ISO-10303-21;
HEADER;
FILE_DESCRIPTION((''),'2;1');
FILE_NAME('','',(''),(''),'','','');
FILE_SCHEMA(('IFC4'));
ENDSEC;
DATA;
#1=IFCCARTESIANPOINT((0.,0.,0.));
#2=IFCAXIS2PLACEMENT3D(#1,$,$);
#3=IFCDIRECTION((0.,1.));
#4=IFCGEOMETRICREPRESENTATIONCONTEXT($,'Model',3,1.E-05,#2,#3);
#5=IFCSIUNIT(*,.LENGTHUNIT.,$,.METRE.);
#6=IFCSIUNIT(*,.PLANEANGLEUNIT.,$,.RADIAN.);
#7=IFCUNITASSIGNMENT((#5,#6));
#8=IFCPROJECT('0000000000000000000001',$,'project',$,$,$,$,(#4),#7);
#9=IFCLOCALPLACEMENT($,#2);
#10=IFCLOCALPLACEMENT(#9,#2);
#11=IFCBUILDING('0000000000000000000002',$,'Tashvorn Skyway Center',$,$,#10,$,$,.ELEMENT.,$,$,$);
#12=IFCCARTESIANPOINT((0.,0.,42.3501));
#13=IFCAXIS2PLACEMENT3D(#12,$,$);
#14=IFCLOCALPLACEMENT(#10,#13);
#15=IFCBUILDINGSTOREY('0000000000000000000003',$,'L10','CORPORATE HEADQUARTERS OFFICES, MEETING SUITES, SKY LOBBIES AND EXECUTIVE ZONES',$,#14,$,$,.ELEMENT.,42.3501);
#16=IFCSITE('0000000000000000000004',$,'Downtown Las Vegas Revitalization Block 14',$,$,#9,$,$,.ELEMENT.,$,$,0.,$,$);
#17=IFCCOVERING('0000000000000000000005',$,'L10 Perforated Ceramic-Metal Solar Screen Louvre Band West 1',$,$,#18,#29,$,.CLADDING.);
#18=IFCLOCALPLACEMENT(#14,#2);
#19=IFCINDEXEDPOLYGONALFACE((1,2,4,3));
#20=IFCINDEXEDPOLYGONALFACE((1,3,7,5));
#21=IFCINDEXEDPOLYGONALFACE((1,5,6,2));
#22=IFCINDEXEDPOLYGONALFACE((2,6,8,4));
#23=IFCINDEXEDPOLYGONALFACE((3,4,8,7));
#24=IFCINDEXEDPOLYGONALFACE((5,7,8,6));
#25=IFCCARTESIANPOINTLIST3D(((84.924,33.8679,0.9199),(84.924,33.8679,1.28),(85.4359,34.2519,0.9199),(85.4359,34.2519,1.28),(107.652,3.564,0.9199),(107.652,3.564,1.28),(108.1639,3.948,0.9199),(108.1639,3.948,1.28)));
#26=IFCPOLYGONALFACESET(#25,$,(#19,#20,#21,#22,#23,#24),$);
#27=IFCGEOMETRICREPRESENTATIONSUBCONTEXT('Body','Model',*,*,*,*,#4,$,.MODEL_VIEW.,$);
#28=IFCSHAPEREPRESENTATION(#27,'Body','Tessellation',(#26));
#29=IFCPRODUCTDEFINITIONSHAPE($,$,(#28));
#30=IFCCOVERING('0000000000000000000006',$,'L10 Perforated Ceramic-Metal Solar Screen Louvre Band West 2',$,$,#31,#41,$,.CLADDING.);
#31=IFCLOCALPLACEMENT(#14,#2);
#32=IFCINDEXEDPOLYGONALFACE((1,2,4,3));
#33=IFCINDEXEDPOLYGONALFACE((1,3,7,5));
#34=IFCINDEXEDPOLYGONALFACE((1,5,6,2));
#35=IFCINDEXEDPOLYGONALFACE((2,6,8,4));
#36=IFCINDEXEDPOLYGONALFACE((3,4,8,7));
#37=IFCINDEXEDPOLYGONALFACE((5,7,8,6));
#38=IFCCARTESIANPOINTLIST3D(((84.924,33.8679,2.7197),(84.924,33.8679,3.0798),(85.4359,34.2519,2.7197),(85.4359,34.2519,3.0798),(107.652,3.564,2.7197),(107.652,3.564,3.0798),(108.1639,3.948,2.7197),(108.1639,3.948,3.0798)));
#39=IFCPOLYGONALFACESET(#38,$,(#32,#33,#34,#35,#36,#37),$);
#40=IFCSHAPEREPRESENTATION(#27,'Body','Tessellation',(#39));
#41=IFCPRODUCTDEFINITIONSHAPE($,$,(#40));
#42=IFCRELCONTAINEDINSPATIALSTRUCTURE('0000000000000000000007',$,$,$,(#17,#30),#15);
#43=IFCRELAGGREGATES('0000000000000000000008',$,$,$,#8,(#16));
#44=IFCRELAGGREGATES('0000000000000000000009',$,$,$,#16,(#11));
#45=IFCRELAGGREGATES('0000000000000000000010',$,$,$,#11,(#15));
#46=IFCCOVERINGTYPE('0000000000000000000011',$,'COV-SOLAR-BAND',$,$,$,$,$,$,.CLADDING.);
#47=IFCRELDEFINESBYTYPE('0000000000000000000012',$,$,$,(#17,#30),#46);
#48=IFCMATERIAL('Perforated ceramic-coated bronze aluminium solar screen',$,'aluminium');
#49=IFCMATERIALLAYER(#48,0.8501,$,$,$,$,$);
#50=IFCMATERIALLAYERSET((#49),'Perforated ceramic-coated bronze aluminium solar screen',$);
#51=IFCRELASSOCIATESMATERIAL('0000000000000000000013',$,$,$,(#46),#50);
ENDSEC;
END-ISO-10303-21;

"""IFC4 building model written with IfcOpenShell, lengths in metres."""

from ifc_helpers import new_model, si_unit, direction, frame, origin, origin_2d, place, context, subcontext, project, spatial, rectangle, extrude, material, layer, layer_set, type_object, element, save


model = new_model("IFC4")

# Units and contexts
model_context = context("Model", 3, precision=1e-05, world=origin(), true_north=direction((0.0, 1.0)))
body_context = subcontext(model_context, "Body", "Model", "MODEL_VIEW")
ifc_project = project(units=[si_unit("LENGTHUNIT", "METRE"), si_unit("PLANEANGLEUNIT", "RADIAN")], contexts=[model_context])

# Site, building, storey
site_placement = place(None, origin())
site = spatial("IfcSite", under=ifc_project, at=site_placement, Name="Downtown Las Vegas Revitalization Block 14", CompositionType="ELEMENT", RefElevation=0.0)
building_placement = place(site_placement, origin())
building = spatial("IfcBuilding", under=site, at=building_placement, Name="Tashvorn Skyway Center", CompositionType="ELEMENT")
storey_placement = place(building_placement, frame((0.0, 0.0, 42.3501)))
storey = spatial("IfcBuildingStorey", under=building, at=storey_placement, Name="L10", Description="CORPORATE HEADQUARTERS OFFICES, MEETING SUITES, SKY LOBBIES AND EXECUTIVE ZONES", CompositionType="ELEMENT", Elevation=42.3501)

# Coverings
ifc_material_1 = material(Name="Perforated ceramic-coated bronze aluminium solar screen", Category="aluminium")
ifc_layer_1 = layer(ifc_material_1, 0.8501)
ifc_layer_set_1 = layer_set([ifc_layer_1], Name="Perforated ceramic-coated bronze aluminium solar screen")
covering_type_1 = type_object("IfcCoveringType", Name="COV-SOLAR-BAND", PredefinedType="CLADDING", material=ifc_layer_set_1)
for number, where, z_axis, x_axis, name in (
    (1, (96.5439, 18.908, 0.9199), (0.0, 0.0, 1.0), (-0.6, 0.8, 0.0), "L10 Perforated Ceramic-Metal Solar Screen Louvre Band West 1"),
    (2, (96.5439, 18.908, 2.7197), (0.0, 0.0, 1.0), (-0.6, 0.8, 0.0), "L10 Perforated Ceramic-Metal Solar Screen Louvre Band West 2"),
):
    element("IfcCovering", number, at=place(storey_placement, frame(where, z_axis=z_axis, x_axis=x_axis)), inside=storey, type_object=covering_type_1, Name=name, PredefinedType="CLADDING", context=body_context, shape_type="SweptSolid", body=[
        extrude(rectangle(XDim=37.8799, YDim=0.6399, at=origin_2d()), origin(), (0.0, 0.0, 1.0), 0.3601),
    ])

save(model, "model.ifc")
